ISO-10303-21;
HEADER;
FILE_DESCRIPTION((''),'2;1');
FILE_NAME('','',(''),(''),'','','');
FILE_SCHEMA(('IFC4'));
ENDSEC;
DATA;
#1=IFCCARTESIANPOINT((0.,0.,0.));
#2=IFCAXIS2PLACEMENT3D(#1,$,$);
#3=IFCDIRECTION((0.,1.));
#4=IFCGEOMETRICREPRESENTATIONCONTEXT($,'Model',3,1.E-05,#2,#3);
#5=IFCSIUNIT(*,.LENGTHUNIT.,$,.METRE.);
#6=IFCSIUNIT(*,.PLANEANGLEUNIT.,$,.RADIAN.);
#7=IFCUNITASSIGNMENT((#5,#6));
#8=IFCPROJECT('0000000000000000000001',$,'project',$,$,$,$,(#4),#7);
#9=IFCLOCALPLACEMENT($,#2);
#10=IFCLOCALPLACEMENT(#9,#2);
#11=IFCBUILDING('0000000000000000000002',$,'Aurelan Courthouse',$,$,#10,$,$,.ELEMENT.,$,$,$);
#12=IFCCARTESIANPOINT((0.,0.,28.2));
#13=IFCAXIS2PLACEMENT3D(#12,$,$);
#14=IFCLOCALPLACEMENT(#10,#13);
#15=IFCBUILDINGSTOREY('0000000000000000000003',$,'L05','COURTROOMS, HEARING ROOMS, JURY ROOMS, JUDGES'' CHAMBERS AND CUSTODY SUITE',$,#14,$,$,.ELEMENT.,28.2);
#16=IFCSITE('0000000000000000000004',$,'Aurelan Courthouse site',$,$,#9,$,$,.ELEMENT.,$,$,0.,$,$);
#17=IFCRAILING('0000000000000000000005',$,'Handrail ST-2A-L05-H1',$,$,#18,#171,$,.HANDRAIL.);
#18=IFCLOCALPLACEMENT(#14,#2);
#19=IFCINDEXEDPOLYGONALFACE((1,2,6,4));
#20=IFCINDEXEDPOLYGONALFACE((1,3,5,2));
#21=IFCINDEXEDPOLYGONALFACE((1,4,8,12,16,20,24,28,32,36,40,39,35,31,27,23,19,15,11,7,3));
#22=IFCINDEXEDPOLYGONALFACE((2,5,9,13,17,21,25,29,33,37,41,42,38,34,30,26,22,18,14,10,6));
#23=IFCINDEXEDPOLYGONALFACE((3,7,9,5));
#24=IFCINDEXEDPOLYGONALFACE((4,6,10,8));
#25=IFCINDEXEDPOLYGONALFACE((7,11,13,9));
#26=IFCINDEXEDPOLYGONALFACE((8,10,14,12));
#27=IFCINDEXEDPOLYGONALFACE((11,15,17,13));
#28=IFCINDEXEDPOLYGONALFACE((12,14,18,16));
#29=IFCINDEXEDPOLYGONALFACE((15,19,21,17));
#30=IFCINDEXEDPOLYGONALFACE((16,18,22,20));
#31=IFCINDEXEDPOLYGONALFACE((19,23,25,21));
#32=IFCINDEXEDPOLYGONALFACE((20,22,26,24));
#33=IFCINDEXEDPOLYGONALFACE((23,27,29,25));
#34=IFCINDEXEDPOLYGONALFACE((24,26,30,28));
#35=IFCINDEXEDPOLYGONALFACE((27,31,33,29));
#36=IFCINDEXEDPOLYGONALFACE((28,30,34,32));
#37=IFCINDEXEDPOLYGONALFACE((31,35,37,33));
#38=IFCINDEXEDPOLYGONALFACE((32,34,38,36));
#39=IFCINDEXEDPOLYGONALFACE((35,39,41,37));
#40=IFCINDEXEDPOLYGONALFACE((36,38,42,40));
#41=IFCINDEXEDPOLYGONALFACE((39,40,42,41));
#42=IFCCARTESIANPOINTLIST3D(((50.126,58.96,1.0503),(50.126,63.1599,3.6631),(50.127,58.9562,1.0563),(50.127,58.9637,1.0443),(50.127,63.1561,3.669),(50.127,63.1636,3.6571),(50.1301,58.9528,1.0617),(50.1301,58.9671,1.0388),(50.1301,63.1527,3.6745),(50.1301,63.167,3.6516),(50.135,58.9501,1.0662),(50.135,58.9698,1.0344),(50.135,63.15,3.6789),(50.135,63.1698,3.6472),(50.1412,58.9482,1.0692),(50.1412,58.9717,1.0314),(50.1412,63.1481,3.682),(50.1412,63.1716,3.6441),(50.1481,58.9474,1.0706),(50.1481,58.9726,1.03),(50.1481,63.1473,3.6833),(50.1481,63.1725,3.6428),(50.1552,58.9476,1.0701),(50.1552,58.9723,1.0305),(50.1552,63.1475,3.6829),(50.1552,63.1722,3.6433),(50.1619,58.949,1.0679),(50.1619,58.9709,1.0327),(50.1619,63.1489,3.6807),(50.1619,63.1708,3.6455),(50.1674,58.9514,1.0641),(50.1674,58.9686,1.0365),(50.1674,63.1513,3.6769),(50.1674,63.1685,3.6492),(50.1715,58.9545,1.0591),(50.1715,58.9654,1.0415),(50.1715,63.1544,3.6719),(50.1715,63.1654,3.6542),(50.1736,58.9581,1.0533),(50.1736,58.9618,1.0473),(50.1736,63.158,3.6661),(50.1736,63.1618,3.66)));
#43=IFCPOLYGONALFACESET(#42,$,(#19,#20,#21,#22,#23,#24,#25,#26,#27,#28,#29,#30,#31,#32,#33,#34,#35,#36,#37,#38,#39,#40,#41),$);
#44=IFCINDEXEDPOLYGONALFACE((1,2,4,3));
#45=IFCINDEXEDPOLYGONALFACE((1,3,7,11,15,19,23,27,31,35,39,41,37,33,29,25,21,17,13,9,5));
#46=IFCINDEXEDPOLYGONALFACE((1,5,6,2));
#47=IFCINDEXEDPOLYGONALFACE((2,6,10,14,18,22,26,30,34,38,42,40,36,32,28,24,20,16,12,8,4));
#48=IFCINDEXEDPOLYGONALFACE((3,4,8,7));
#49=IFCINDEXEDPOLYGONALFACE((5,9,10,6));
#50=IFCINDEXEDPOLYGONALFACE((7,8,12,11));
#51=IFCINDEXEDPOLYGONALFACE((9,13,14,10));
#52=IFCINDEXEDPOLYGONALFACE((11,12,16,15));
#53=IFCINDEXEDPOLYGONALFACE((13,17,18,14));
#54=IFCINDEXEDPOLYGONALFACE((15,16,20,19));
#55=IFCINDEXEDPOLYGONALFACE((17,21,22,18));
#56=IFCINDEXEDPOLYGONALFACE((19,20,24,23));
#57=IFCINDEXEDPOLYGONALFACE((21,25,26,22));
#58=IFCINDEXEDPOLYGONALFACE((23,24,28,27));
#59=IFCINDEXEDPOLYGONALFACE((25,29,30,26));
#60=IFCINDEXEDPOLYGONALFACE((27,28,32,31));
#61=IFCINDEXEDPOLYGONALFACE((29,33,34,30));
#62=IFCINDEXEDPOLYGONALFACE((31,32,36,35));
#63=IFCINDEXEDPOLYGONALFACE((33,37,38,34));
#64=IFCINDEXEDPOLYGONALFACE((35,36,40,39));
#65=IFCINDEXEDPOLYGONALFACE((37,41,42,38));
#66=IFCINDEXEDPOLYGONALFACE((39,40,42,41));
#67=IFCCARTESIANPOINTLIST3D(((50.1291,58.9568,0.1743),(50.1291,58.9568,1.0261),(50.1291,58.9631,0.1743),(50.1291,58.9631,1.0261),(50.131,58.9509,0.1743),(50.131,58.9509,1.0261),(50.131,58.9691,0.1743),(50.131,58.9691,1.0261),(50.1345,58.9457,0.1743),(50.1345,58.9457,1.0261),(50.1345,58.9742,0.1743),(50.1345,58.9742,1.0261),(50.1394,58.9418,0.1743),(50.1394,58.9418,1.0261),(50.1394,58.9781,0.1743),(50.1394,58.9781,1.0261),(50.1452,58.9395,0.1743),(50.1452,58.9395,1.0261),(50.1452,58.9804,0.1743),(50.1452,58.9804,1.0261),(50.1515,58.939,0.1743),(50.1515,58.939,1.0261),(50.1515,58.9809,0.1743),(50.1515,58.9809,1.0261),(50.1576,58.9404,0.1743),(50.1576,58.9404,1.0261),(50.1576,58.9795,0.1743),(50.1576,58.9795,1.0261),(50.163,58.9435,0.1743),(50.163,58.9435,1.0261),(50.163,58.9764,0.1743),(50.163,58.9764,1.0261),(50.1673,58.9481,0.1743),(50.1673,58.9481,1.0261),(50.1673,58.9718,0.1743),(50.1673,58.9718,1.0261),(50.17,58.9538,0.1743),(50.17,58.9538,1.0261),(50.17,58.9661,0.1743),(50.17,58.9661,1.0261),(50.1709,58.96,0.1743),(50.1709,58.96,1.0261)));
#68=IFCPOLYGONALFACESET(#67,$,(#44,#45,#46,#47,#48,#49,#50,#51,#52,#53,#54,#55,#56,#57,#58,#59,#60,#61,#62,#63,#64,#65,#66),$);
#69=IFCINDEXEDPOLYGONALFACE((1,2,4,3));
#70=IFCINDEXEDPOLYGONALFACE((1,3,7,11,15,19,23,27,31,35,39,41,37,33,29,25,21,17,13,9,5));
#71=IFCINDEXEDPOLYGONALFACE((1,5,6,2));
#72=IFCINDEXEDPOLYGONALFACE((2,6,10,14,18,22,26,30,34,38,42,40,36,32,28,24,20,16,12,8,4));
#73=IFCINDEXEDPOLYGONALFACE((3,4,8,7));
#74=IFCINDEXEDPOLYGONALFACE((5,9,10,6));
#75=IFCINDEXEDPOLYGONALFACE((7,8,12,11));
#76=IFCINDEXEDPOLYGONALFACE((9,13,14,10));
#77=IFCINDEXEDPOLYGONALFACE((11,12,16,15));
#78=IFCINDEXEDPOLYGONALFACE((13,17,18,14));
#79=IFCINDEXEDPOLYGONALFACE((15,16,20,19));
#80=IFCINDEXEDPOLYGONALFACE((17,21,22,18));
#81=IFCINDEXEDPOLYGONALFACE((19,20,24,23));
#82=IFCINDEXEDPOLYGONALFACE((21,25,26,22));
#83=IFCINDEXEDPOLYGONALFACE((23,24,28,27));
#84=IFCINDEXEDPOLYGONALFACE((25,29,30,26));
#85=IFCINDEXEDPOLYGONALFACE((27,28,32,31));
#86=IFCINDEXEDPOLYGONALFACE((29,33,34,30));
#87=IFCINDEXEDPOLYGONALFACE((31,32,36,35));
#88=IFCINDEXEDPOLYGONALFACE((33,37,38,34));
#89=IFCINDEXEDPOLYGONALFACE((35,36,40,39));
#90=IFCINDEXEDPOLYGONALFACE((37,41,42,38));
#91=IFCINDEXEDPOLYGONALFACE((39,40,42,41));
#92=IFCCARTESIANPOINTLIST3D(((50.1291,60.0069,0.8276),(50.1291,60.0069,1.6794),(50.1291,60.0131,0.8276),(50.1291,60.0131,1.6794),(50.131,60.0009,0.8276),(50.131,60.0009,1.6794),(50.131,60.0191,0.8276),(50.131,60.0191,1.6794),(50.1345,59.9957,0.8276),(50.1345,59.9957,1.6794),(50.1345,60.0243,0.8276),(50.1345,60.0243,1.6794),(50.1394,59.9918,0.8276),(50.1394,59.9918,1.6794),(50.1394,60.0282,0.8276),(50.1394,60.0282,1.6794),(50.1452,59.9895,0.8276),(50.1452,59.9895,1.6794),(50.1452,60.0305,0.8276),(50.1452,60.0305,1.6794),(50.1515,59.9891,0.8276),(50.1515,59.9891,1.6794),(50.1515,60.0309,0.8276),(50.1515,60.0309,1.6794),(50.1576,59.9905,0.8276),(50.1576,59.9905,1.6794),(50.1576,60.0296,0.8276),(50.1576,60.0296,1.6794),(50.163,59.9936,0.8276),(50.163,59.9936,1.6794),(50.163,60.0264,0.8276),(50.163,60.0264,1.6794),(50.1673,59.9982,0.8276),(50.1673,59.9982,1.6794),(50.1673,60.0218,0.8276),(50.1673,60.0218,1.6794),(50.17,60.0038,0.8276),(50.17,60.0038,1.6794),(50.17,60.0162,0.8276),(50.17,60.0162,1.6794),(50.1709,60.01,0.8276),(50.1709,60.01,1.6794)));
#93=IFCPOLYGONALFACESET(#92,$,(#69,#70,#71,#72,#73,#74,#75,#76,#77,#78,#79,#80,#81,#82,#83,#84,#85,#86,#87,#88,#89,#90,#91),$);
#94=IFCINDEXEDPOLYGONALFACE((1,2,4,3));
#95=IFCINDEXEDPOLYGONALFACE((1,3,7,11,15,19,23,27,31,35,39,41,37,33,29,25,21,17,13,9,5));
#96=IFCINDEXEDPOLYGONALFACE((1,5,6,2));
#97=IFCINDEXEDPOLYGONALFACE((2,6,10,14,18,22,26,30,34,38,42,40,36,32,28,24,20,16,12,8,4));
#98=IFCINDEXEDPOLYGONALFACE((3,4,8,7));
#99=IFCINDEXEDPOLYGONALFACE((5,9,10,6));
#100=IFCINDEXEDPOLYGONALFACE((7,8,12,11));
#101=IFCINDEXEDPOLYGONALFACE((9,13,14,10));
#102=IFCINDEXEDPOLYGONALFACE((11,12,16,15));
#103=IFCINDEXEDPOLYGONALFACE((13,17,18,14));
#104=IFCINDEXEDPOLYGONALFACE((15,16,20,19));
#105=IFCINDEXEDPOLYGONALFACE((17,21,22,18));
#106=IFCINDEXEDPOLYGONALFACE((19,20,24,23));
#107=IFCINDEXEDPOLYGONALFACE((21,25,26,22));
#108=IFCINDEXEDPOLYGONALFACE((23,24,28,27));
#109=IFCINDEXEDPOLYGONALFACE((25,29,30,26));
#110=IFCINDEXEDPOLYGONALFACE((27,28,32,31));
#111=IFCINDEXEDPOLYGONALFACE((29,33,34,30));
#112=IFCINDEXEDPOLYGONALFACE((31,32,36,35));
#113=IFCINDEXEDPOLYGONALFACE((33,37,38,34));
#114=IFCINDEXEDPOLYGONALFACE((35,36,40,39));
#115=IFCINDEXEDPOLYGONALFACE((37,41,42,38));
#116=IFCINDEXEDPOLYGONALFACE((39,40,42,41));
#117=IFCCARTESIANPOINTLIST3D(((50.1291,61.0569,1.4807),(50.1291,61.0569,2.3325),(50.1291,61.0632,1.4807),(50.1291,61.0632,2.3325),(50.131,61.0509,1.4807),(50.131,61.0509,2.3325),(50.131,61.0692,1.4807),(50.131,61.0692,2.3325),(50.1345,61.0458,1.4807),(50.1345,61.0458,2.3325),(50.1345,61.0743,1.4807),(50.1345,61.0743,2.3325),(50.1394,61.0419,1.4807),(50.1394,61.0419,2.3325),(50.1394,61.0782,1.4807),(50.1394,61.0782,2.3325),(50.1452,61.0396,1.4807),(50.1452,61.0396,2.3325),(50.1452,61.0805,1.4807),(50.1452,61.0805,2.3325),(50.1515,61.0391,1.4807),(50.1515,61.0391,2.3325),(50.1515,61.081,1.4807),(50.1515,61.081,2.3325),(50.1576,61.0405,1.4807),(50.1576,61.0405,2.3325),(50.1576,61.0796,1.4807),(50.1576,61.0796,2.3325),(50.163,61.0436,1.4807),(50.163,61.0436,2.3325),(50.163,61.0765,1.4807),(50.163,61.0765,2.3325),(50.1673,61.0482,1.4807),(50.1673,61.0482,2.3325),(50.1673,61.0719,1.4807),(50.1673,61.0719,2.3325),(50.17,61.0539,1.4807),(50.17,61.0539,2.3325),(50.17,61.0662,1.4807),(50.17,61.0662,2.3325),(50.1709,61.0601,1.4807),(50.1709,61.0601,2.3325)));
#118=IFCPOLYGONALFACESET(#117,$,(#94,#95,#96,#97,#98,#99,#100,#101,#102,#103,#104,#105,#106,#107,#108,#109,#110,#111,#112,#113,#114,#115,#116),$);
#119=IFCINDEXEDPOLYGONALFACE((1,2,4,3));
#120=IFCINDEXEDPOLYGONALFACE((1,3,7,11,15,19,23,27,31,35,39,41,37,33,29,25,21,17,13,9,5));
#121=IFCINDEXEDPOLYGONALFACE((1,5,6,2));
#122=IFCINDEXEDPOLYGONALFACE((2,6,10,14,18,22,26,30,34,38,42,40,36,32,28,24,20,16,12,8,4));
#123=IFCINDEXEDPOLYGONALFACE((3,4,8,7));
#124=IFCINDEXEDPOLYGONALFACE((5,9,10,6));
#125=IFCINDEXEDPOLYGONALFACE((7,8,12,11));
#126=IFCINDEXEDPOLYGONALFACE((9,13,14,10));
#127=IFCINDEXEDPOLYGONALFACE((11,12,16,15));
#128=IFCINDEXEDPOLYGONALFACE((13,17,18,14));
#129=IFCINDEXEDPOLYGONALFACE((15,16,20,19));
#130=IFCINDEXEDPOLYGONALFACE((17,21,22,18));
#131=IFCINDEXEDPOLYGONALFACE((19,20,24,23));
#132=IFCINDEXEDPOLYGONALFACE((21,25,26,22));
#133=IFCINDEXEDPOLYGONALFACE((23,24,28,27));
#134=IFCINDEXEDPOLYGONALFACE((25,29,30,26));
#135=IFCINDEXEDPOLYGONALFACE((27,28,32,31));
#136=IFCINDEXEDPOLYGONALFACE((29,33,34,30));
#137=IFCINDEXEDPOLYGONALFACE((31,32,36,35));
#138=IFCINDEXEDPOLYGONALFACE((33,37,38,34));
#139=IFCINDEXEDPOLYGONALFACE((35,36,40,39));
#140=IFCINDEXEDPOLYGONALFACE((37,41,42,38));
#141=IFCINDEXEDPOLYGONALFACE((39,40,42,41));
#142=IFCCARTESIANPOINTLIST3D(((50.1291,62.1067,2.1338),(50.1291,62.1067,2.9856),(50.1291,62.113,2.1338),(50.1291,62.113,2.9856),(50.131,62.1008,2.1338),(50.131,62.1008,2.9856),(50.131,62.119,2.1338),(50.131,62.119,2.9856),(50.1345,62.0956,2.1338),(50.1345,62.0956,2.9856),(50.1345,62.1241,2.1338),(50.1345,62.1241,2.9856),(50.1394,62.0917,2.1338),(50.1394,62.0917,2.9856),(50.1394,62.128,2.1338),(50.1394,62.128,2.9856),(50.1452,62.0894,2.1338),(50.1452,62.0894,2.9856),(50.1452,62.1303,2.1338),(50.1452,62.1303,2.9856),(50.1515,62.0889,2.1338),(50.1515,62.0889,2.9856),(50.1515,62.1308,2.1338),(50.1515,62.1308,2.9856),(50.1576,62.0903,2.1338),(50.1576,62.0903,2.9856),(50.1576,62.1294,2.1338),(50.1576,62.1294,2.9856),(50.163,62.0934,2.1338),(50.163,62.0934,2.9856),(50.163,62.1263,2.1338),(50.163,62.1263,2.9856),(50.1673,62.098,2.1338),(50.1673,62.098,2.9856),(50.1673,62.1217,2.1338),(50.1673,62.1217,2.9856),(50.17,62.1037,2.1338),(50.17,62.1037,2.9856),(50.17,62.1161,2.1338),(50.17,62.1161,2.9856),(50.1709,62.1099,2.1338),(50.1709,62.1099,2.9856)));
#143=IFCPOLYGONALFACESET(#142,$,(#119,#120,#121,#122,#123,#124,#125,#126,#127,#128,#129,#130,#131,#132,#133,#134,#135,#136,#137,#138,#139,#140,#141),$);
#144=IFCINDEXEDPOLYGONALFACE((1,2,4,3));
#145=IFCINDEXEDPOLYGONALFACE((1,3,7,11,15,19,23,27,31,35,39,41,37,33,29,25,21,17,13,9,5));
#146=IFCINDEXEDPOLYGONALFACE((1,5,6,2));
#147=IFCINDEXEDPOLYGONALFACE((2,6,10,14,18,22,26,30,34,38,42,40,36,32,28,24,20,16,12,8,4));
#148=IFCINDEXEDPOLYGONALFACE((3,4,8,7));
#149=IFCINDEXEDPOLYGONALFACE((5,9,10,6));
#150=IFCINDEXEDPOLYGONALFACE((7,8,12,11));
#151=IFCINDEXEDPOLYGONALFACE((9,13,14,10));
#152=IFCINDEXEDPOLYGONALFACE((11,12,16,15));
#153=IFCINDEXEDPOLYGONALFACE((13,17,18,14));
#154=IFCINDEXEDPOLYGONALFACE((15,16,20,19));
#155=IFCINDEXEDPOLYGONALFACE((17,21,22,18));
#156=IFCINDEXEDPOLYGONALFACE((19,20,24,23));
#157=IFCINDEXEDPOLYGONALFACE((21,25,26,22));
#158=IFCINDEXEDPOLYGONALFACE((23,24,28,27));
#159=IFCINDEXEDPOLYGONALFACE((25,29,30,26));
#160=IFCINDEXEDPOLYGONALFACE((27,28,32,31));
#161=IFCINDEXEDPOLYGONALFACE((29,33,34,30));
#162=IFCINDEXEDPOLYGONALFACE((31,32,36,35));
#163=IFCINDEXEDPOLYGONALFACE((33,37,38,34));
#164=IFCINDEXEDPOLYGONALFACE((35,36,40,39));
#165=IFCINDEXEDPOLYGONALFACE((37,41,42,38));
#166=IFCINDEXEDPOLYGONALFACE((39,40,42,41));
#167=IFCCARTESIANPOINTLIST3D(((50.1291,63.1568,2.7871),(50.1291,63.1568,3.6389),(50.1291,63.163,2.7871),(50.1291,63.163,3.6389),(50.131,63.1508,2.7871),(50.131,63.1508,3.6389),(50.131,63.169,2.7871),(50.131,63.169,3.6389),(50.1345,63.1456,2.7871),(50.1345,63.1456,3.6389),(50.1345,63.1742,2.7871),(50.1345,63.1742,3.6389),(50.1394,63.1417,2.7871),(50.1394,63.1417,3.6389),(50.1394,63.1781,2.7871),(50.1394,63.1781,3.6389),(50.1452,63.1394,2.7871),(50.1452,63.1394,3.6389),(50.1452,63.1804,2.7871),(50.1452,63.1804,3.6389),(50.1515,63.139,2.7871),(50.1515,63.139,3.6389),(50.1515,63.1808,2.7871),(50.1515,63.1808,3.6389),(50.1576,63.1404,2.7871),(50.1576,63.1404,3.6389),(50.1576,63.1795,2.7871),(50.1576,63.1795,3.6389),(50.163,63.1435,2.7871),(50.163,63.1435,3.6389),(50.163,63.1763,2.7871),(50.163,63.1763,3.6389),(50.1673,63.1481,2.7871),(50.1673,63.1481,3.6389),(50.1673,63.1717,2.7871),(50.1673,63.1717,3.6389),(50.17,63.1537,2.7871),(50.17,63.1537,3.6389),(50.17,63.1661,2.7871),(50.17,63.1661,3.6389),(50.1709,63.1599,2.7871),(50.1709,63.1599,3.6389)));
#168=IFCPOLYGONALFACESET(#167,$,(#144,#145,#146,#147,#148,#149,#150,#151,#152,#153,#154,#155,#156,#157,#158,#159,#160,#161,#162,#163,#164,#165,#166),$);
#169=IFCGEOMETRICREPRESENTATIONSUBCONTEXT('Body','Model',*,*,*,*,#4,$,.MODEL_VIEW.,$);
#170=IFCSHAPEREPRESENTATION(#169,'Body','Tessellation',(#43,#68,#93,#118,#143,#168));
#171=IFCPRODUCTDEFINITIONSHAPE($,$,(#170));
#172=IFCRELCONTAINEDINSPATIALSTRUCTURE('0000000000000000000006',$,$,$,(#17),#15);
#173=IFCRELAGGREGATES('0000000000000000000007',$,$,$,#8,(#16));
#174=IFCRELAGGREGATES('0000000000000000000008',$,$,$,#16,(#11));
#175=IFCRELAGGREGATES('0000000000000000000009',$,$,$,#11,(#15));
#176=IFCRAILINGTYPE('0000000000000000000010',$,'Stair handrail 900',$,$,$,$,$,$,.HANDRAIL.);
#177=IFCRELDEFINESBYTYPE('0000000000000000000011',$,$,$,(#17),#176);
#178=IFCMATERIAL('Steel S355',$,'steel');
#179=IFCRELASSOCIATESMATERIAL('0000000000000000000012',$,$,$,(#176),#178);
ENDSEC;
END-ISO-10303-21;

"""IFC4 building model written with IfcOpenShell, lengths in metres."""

from ifc_helpers import new_model, si_unit, direction, frame, origin, origin_2d, place, context, subcontext, project, spatial, circle, extrude, material, type_object, element, save


model = new_model("IFC4")

# Units and contexts
model_context = context("Model", 3, precision=1e-05, world=origin(), true_north=direction((0.0, 1.0)))
body_context = subcontext(model_context, "Body", "Model", "MODEL_VIEW")
ifc_project = project(units=[si_unit("LENGTHUNIT", "METRE"), si_unit("PLANEANGLEUNIT", "RADIAN")], contexts=[model_context])

# Site, building, storey
site_placement = place(None, origin())
site = spatial("IfcSite", under=ifc_project, at=site_placement, Name="Aurelan Courthouse site", CompositionType="ELEMENT", RefElevation=0.0)
building_placement = place(site_placement, origin())
building = spatial("IfcBuilding", under=site, at=building_placement, Name="Aurelan Courthouse", CompositionType="ELEMENT")
storey_placement = place(building_placement, frame((0.0, 0.0, 28.2)))
storey = spatial("IfcBuildingStorey", under=building, at=storey_placement, Name="L05", Description="COURTROOMS, HEARING ROOMS, JURY ROOMS, JUDGES' CHAMBERS AND CUSTODY SUITE", CompositionType="ELEMENT", Elevation=28.2)

# Railing
ifc_material_1 = material(Name="Steel S355", Category="steel")
railing_type = type_object("IfcRailingType", Name="Stair handrail 900", PredefinedType="HANDRAIL", material=ifc_material_1)
for number, where, name in (
    (1, (50.1499, 58.96, 0.1743), "Handrail ST-2A-L05-H1"),
):
    element("IfcRailing", number, at=place(storey_placement, frame(where)), inside=storey, type_object=railing_type, Name=name, PredefinedType="HANDRAIL", context=body_context, shape_type="SweptSolid", body=[
        extrude(circle(Radius=0.0239, at=origin_2d()), frame((0.0, 0.0, 0.876), z_axis=(0.0, 0.849103, 0.528228), x_axis=(-1.0, 0.0, 0.0)), (0.0, 0.0, 1.0), 4.9463),
        extrude(circle(Radius=0.021, at=origin_2d()), origin(), (0.0, 0.0, 1.0), 0.8518),
        extrude(circle(Radius=0.021, at=origin_2d()), frame((0.0, 1.05, 0.6533)), (0.0, 0.0, 1.0), 0.8518),
        extrude(circle(Radius=0.021, at=origin_2d()), frame((0.0, 2.1001, 1.3064)), (0.0, 0.0, 1.0), 0.8518),
        extrude(circle(Radius=0.021, at=origin_2d()), frame((0.0, 3.1499, 1.9595)), (0.0, 0.0, 1.0), 0.8518),
        extrude(circle(Radius=0.021, at=origin_2d()), frame((0.0, 4.2, 2.6128)), (0.0, 0.0, 1.0), 0.8518),
    ])

save(model, "model.ifc")
